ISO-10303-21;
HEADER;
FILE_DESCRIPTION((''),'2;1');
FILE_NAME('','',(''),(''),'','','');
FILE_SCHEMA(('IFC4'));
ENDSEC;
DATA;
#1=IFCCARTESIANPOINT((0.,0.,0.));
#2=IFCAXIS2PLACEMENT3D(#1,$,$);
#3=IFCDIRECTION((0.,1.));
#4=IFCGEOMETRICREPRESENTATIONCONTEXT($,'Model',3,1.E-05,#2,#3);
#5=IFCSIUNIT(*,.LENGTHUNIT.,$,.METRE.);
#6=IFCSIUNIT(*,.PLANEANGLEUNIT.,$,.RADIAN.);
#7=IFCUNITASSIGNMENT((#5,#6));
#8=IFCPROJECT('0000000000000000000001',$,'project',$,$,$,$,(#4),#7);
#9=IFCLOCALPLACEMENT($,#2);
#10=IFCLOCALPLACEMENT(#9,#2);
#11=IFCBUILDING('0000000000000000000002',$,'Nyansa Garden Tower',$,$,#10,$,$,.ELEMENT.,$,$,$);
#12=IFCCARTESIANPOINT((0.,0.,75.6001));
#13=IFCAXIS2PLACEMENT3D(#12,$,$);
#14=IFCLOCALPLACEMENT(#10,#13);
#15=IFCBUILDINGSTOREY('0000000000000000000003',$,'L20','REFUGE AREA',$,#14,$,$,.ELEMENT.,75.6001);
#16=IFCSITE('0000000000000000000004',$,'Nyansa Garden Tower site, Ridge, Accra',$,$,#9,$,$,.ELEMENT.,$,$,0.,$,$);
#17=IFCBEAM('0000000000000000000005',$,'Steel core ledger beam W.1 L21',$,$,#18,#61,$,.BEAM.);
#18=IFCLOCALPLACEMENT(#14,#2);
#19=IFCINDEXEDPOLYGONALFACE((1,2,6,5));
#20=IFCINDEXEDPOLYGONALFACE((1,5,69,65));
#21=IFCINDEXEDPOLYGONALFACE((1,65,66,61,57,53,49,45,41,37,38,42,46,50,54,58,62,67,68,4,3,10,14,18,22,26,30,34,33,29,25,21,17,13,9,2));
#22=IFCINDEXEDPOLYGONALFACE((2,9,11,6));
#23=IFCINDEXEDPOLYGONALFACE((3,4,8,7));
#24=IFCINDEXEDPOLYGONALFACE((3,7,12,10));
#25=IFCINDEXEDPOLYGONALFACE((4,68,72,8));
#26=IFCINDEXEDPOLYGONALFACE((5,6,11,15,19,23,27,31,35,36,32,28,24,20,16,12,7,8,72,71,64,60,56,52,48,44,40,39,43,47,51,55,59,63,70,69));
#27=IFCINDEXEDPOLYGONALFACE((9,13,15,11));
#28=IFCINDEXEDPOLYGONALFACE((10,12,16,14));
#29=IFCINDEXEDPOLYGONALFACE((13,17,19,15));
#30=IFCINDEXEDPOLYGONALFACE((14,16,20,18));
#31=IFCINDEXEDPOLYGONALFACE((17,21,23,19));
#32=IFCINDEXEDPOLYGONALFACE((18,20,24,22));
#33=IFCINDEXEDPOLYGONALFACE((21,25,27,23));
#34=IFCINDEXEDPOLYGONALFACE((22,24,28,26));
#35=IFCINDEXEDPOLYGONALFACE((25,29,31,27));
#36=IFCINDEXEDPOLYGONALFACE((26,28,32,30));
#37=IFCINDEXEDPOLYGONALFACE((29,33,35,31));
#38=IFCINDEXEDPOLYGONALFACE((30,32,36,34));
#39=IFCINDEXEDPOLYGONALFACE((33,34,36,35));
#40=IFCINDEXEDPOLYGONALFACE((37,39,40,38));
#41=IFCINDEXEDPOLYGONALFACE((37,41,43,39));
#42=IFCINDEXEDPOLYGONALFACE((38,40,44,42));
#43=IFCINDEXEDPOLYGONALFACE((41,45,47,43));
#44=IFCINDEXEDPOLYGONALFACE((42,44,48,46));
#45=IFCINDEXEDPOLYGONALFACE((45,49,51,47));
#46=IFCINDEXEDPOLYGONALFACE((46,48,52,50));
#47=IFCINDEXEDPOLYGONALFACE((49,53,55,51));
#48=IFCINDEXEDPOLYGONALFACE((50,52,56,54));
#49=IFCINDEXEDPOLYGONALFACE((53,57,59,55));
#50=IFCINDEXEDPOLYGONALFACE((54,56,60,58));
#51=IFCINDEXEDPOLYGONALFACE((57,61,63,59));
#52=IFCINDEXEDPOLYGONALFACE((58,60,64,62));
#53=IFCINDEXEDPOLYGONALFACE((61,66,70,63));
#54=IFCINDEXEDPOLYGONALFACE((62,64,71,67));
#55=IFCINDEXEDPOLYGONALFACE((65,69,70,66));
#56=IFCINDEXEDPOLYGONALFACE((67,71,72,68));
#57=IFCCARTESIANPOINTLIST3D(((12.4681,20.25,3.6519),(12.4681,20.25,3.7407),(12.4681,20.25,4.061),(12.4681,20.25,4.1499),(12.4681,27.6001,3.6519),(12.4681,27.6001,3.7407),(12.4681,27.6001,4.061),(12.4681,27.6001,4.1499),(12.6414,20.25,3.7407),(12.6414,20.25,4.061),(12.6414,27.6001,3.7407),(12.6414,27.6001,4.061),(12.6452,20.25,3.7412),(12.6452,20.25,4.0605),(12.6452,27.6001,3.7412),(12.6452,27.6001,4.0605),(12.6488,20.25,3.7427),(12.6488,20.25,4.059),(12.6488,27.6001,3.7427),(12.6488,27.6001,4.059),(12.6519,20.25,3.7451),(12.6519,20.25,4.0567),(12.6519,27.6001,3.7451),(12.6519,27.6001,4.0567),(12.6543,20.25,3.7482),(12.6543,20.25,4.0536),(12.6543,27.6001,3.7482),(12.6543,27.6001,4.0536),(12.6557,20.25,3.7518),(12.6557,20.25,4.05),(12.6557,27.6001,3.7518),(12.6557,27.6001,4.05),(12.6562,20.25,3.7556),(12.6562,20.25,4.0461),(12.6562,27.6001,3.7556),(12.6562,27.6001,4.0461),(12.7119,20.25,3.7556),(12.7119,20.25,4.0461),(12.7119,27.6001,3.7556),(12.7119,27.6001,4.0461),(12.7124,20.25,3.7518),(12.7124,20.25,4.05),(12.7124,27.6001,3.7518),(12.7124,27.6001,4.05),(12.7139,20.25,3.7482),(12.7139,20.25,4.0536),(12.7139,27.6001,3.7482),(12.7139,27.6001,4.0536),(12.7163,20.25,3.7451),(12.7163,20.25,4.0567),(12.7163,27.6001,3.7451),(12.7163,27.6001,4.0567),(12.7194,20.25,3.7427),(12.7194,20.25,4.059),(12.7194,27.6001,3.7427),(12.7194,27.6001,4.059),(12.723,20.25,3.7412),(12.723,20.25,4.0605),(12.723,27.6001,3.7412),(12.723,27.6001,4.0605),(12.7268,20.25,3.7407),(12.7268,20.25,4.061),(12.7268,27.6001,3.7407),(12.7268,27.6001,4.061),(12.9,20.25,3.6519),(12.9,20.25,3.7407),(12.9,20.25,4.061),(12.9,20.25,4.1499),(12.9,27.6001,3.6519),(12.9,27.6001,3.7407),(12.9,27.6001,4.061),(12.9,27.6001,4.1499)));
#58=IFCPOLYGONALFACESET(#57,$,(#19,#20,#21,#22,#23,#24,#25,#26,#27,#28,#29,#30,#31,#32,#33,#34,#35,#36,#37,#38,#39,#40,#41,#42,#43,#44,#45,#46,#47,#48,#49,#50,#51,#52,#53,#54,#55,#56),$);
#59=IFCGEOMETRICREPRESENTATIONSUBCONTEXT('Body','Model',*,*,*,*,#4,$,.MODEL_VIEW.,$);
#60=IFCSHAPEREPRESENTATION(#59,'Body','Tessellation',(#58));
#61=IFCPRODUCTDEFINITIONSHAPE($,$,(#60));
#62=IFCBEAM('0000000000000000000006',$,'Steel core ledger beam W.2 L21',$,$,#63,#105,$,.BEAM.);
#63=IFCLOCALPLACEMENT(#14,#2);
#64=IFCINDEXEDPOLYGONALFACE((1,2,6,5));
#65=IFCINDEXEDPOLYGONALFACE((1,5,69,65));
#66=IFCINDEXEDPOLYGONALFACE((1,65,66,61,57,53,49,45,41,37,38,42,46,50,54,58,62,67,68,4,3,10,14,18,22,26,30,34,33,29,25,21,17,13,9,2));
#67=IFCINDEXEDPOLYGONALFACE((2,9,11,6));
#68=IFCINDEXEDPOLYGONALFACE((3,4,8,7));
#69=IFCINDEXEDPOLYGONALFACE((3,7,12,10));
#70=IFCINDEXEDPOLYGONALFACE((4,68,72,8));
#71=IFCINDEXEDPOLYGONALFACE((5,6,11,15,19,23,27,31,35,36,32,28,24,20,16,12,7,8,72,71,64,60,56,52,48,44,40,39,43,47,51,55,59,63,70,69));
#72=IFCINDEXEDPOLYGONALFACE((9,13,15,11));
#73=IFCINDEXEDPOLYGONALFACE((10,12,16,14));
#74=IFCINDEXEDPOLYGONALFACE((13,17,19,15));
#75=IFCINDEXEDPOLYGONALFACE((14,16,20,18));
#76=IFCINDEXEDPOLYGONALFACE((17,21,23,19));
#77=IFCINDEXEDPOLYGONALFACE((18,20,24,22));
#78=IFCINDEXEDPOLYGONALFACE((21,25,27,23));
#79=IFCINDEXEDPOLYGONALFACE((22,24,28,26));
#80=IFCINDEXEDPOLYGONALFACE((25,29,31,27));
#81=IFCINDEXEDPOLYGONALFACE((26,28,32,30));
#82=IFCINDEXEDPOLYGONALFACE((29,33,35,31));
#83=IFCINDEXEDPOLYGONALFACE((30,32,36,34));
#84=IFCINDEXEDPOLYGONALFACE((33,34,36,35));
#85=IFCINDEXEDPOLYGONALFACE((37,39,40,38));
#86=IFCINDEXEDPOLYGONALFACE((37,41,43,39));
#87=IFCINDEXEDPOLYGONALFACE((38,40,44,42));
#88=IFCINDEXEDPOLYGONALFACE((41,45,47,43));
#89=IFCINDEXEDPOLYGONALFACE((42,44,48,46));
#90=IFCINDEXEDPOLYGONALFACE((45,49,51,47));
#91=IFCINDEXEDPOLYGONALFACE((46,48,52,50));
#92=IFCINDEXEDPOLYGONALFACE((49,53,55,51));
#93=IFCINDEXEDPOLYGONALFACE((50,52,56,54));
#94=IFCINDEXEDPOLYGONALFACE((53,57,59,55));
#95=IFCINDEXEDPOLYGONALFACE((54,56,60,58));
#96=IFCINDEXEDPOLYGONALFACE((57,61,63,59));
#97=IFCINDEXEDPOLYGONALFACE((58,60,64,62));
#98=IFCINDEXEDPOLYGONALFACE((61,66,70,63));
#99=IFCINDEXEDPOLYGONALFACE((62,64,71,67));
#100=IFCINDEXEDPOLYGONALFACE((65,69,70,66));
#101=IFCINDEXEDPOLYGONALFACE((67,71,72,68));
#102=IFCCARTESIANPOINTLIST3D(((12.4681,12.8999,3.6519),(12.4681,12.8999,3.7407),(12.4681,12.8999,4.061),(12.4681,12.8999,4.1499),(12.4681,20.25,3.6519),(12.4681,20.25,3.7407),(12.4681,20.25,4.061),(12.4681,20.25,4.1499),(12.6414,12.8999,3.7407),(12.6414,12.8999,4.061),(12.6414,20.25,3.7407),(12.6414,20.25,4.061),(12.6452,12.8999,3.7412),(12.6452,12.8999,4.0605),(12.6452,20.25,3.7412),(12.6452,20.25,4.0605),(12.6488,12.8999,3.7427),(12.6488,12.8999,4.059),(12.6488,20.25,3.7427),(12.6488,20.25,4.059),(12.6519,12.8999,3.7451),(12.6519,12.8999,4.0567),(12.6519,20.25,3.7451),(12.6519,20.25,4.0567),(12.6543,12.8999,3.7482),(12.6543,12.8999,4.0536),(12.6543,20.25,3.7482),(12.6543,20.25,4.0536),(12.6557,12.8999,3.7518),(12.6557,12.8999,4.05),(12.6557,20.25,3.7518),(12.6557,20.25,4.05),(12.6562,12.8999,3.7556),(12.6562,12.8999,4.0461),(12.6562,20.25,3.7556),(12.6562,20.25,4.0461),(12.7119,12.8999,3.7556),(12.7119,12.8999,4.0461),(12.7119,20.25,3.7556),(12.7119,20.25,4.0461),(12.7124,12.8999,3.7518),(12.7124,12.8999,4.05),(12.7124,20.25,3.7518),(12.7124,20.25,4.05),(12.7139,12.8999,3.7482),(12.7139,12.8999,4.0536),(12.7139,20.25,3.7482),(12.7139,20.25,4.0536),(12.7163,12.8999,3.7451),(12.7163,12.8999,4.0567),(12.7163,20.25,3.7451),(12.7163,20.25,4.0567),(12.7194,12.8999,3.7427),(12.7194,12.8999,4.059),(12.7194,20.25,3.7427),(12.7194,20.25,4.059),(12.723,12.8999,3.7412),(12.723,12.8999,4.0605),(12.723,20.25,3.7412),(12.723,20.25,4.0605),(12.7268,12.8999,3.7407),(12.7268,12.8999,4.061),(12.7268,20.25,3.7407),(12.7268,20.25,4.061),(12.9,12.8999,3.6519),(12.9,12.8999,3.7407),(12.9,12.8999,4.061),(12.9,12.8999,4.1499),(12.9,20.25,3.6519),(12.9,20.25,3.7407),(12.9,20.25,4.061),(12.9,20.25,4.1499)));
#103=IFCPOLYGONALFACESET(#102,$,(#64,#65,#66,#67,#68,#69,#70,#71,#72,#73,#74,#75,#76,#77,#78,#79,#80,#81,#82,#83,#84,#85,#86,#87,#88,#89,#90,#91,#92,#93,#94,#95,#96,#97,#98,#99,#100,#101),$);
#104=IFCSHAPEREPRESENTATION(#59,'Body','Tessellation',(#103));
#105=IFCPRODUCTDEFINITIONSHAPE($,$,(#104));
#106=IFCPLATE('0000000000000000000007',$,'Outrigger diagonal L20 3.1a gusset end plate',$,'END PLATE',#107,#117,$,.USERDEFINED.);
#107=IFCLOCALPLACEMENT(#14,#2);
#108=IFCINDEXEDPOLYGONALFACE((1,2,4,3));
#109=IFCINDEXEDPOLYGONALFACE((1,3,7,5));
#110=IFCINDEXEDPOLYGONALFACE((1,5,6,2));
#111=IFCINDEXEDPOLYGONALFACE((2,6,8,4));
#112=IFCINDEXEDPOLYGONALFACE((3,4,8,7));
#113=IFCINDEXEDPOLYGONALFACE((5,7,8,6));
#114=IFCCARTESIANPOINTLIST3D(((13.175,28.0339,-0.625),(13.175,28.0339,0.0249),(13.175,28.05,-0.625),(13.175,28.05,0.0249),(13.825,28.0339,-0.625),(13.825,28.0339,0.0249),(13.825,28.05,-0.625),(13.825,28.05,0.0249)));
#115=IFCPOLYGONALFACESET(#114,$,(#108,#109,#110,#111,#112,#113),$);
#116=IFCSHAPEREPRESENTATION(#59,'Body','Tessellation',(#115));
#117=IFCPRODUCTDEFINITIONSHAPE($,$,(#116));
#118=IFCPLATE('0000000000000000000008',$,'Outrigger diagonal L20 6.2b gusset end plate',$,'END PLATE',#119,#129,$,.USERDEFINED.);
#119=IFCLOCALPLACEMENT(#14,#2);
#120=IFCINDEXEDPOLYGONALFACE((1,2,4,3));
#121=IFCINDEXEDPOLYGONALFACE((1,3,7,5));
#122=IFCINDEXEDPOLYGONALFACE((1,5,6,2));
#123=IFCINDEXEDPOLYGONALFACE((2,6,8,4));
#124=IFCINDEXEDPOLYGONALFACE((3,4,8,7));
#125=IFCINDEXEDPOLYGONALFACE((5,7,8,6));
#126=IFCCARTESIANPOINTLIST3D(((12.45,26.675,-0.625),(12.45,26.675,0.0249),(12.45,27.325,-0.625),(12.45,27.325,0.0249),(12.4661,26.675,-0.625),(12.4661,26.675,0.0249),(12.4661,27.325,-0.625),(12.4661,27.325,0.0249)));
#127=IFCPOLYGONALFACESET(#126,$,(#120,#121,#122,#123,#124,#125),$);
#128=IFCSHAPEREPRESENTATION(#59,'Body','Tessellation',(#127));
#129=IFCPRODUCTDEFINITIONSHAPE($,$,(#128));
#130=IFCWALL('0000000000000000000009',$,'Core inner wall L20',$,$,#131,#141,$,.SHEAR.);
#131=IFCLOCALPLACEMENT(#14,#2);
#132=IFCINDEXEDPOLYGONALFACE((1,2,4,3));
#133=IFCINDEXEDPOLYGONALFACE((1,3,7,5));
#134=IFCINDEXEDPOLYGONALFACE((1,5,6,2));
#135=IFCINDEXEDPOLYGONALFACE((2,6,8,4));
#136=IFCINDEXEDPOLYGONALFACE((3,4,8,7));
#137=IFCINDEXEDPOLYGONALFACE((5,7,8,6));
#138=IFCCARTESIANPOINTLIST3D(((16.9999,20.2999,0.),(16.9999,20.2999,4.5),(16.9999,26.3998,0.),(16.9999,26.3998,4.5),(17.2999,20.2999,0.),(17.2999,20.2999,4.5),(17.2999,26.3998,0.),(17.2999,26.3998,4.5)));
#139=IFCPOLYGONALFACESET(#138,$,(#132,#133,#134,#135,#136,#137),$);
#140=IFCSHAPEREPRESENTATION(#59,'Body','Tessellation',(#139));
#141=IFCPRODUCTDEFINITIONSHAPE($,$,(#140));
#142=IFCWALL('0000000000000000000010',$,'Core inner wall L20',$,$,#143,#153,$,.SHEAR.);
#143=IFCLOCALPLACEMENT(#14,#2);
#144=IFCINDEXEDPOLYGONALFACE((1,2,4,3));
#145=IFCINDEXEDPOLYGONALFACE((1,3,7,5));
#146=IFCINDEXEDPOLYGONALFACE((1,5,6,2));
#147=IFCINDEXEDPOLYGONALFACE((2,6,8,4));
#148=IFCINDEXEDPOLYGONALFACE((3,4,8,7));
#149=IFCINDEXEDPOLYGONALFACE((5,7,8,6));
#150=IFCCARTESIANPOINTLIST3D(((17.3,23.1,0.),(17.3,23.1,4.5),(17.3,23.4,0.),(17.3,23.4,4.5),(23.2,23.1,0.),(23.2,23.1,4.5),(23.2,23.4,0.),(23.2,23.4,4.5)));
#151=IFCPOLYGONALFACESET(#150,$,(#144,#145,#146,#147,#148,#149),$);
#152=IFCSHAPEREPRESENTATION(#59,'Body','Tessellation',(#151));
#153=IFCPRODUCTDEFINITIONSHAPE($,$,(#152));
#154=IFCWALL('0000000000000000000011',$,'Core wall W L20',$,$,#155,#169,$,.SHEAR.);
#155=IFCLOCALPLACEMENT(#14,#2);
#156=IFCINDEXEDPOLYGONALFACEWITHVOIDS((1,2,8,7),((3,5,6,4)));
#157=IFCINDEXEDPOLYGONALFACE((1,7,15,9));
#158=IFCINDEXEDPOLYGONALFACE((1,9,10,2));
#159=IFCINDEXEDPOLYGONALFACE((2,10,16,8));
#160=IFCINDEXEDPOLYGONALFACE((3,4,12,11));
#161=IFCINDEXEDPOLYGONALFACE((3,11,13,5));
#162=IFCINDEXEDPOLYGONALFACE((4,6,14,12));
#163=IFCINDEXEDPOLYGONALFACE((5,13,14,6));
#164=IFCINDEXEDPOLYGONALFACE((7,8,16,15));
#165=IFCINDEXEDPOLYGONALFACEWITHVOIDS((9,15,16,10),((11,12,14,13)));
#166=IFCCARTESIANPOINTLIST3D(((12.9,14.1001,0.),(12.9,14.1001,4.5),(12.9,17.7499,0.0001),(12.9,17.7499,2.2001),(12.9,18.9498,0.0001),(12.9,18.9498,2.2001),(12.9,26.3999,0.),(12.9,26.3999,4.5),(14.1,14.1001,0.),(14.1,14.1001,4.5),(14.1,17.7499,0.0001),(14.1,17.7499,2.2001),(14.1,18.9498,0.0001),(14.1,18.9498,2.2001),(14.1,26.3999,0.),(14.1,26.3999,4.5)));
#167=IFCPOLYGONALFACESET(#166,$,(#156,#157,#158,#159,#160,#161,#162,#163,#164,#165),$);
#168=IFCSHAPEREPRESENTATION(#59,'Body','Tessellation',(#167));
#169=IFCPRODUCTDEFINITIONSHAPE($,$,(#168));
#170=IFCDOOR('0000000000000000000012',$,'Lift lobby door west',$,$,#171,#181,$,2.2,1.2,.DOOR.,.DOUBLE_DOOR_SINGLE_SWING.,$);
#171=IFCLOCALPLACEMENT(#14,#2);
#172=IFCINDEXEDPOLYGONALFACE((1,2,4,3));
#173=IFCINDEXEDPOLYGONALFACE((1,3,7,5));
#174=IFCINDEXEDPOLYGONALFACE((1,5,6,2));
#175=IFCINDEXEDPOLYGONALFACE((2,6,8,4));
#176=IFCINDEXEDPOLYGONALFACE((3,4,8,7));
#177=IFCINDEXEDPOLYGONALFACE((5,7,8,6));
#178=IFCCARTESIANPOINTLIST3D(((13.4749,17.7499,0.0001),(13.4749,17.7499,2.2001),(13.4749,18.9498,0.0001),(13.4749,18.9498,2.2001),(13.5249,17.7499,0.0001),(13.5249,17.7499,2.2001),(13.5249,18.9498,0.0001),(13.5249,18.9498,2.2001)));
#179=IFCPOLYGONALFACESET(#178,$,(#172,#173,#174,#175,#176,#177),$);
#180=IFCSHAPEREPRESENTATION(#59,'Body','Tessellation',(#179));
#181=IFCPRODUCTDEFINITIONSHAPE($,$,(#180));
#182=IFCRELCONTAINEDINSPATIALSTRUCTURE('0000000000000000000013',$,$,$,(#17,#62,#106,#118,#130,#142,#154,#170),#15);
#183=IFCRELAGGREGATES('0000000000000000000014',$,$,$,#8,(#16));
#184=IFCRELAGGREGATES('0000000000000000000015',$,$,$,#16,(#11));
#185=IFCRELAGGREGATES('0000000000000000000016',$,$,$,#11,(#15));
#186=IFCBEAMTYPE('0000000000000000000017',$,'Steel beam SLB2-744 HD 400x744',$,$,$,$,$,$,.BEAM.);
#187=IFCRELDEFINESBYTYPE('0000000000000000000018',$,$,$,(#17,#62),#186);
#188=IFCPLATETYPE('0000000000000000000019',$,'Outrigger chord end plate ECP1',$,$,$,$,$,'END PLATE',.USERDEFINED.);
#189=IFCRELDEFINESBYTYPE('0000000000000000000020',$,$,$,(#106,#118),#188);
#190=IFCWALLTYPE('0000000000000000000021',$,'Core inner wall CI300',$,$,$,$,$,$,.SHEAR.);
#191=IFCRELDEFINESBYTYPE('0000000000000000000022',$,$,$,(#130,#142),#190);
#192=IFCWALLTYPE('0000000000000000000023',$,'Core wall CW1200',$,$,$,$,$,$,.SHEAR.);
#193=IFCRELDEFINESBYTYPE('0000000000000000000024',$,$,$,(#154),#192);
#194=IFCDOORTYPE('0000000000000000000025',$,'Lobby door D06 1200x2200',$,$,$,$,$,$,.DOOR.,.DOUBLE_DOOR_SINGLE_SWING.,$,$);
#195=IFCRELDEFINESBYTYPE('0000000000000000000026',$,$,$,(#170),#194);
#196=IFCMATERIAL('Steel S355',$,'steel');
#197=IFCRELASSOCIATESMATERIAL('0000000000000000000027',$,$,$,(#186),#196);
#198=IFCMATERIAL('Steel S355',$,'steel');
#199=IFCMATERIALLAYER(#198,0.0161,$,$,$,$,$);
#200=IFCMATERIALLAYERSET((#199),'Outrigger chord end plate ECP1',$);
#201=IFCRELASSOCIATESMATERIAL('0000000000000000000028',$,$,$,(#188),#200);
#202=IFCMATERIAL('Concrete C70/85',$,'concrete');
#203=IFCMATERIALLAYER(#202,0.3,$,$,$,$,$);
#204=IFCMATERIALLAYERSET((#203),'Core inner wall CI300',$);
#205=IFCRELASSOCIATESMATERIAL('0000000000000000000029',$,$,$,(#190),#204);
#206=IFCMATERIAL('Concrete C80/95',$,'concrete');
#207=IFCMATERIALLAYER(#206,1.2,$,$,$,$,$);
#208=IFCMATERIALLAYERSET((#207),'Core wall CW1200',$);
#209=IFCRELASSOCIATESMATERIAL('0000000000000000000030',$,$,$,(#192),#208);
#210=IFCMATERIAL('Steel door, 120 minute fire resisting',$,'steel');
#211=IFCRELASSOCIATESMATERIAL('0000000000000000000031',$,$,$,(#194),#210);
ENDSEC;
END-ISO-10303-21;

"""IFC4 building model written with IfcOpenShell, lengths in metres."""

from ifc_helpers import new_model, si_unit, direction, frame, frame_2d, origin, origin_2d, place, context, subcontext, project, spatial, rectangle, i_section, extrude, material, layer, layer_set, material_profile, profile_set, type_object, element, fill, save


model = new_model("IFC4")

# Units and contexts
model_context = context("Model", 3, precision=1e-05, world=origin(), true_north=direction((0.0, 1.0)))
body_context = subcontext(model_context, "Body", "Model", "MODEL_VIEW")
ifc_project = project(units=[si_unit("LENGTHUNIT", "METRE"), si_unit("PLANEANGLEUNIT", "RADIAN")], contexts=[model_context])

# Site, building, storey
site_placement = place(None, origin())
site = spatial("IfcSite", under=ifc_project, at=site_placement, Name="Nyansa Garden Tower site, Ridge, Accra", CompositionType="ELEMENT", RefElevation=0.0)
building_placement = place(site_placement, origin())
building = spatial("IfcBuilding", under=site, at=building_placement, Name="Nyansa Garden Tower", CompositionType="ELEMENT")
storey_placement = place(building_placement, frame((0.0, 0.0, 75.6001)))
storey = spatial("IfcBuildingStorey", under=building, at=storey_placement, Name="L20", Description="REFUGE AREA", CompositionType="ELEMENT", Elevation=75.6001)

# Beams
ifc_material_1 = material(Name="Steel S355", Category="steel")
ifc_material_profile_1 = material_profile(ifc_material_1, i_section(OverallWidth=0.4319, OverallDepth=0.498, WebThickness=0.0557, FlangeThickness=0.0889, FilletRadius=0.0149, at=origin_2d()), Name="HD 400x744")
ifc_profile_set_1 = profile_set([ifc_material_profile_1], Name="Steel S355")
beam_type_1 = type_object("IfcBeamType", Name="Steel beam SLB2-744 HD 400x744", PredefinedType="BEAM", material=ifc_profile_set_1)
for number, where, z_axis, x_axis, name in (
    (1, (12.6841, 27.6001, 3.9009), (0.0, -1.0, 0.0), (1.0, 0.0, 0.0), "Steel core ledger beam W.1 L21"),
    (2, (12.6841, 20.25, 3.9009), (0.0, -1.0, 0.0), (1.0, 0.0, 0.0), "Steel core ledger beam W.2 L21"),
):
    element("IfcBeam", number, at=place(storey_placement, frame(where, z_axis=z_axis, x_axis=x_axis)), inside=storey, type_object=beam_type_1, Name=name, PredefinedType="BEAM", context=body_context, shape_type="SweptSolid", body=[
        extrude(i_section(OverallWidth=0.4319, OverallDepth=0.498, WebThickness=0.0557, FlangeThickness=0.0889, FilletRadius=0.0149, at=origin_2d()), origin(), (0.0, 0.0, 1.0), 7.3501),
    ])

# Plates
ifc_material_2 = material(Name="Steel S355", Category="steel")
ifc_layer_1 = layer(ifc_material_2, 0.0161)
ifc_layer_set_1 = layer_set([ifc_layer_1], Name="Outrigger chord end plate ECP1")
plate_type = type_object("IfcPlateType", Name="Outrigger chord end plate ECP1", ElementType="END PLATE", PredefinedType="USERDEFINED", material=ifc_layer_set_1)
plate_1_placement = place(storey_placement, frame((13.5, 28.042, -0.625), z_axis=(0.0, 0.0, 1.0), x_axis=(1.0, 0.0, 0.0)))
element("IfcPlate", 3, at=plate_1_placement, inside=storey, type_object=plate_type, Name="Outrigger diagonal L20 3.1a gusset end plate", ObjectType="END PLATE", PredefinedType="USERDEFINED", context=body_context, shape_type="SweptSolid", body=[
    extrude(rectangle(XDim=0.6499, YDim=0.0161, at=origin_2d()), origin(), (0.0, 0.0, 1.0), 0.6499),
])
plate_2_placement = place(storey_placement, frame((12.458, 27.0, -0.625), z_axis=(0.0, 0.0, 1.0), x_axis=(1.0, 0.0, 0.0)))
element("IfcPlate", 4, at=plate_2_placement, inside=storey, type_object=plate_type, Name="Outrigger diagonal L20 6.2b gusset end plate", ObjectType="END PLATE", PredefinedType="USERDEFINED", context=body_context, shape_type="SweptSolid", body=[
    extrude(rectangle(XDim=0.0161, YDim=0.6499, at=origin_2d()), origin(), (0.0, 0.0, 1.0), 0.6499),
])

# Walls
ifc_material_3 = material(Name="Concrete C70/85", Category="concrete")
ifc_layer_2 = layer(ifc_material_3, 0.3)
ifc_layer_set_2 = layer_set([ifc_layer_2], Name="Core inner wall CI300")
wall_type_1 = type_object("IfcWallType", Name="Core inner wall CI300", PredefinedType="SHEAR", material=ifc_layer_set_2)
wall_1_placement = place(storey_placement, frame((17.1499, 20.3, 0.0), z_axis=(0.0, 0.0, 1.0), x_axis=(0.0, 1.0, 0.0)))
element("IfcWall", 5, at=wall_1_placement, inside=storey, type_object=wall_type_1, Name="Core inner wall L20", PredefinedType="SHEAR", context=body_context, shape_type="SweptSolid", body=[
    extrude(rectangle(XDim=6.0999, YDim=0.3, at=frame_2d((3.0498, 0.0))), origin(), (0.0, 0.0, 1.0), 4.5),
])
wall_2_placement = place(storey_placement, frame((17.3, 23.25, 0.0), z_axis=(0.0, 0.0, 1.0), x_axis=(1.0, 0.0, 0.0)))
element("IfcWall", 6, at=wall_2_placement, inside=storey, type_object=wall_type_1, Name="Core inner wall L20", PredefinedType="SHEAR", context=body_context, shape_type="SweptSolid", body=[
    extrude(rectangle(XDim=5.8999, YDim=0.3, at=frame_2d((2.95, 0.0))), origin(), (0.0, 0.0, 1.0), 4.5),
])

# Wall, opening, door
ifc_material_4 = material(Name="Concrete C80/95", Category="concrete")
ifc_layer_3 = layer(ifc_material_4, 1.2)
ifc_layer_set_3 = layer_set([ifc_layer_3], Name="Core wall CW1200")
wall_type_2 = type_object("IfcWallType", Name="Core wall CW1200", PredefinedType="SHEAR", material=ifc_layer_set_3)
wall_3_placement = place(storey_placement, frame((13.5, 26.3999, 0.0), z_axis=(0.0, 0.0, 1.0), x_axis=(0.0, -1.0, 0.0)))
wall_3 = element("IfcWall", 7, at=wall_3_placement, inside=storey, type_object=wall_type_2, Name="Core wall W L20", PredefinedType="SHEAR", context=body_context, shape_type="SweptSolid", body=[
    extrude(rectangle(XDim=12.2998, YDim=1.2, at=frame_2d((6.1499, 0.0))), origin(), (0.0, 0.0, 1.0), 4.5),
])
opening_placement = place(wall_3_placement, frame((7.45, 0.0, 0.0)))
opening = element("IfcOpeningElement", 8, at=opening_placement, cuts=wall_3, PredefinedType="OPENING", context=body_context, shape_type="SweptSolid", body=[
    extrude(rectangle(XDim=1.2, YDim=2.2, at=frame_2d((0.6001, 1.1001))), frame((0.0, 0.6099, 0.0), z_axis=(0.0, -1.0, 0.0), x_axis=(1.0, 0.0, 0.0)), (0.0, 0.0, 1.0), 1.22),
])
ifc_material_5 = material(Name="Steel door, 120 minute fire resisting", Category="steel")
door_type = type_object("IfcDoorType", Name="Lobby door D06 1200x2200", OperationType="DOUBLE_DOOR_SINGLE_SWING", PredefinedType="DOOR", material=ifc_material_5)
door_placement = place(opening_placement, origin())
door = element("IfcDoor", 9, at=door_placement, inside=storey, type_object=door_type, Name="Lift lobby door west", OperationType="DOUBLE_DOOR_SINGLE_SWING", OverallHeight=2.2, OverallWidth=1.2, PredefinedType="DOOR", context=body_context, shape_type="SweptSolid", body=[
    extrude(rectangle(XDim=1.2, YDim=2.2, at=frame_2d((0.6001, 1.1001))), frame((0.0, 0.0249, 0.0), z_axis=(0.0, -1.0, 0.0), x_axis=(1.0, 0.0, 0.0)), (0.0, 0.0, 1.0), 0.05),
])
fill(opening, door)

save(model, "model.ifc")
